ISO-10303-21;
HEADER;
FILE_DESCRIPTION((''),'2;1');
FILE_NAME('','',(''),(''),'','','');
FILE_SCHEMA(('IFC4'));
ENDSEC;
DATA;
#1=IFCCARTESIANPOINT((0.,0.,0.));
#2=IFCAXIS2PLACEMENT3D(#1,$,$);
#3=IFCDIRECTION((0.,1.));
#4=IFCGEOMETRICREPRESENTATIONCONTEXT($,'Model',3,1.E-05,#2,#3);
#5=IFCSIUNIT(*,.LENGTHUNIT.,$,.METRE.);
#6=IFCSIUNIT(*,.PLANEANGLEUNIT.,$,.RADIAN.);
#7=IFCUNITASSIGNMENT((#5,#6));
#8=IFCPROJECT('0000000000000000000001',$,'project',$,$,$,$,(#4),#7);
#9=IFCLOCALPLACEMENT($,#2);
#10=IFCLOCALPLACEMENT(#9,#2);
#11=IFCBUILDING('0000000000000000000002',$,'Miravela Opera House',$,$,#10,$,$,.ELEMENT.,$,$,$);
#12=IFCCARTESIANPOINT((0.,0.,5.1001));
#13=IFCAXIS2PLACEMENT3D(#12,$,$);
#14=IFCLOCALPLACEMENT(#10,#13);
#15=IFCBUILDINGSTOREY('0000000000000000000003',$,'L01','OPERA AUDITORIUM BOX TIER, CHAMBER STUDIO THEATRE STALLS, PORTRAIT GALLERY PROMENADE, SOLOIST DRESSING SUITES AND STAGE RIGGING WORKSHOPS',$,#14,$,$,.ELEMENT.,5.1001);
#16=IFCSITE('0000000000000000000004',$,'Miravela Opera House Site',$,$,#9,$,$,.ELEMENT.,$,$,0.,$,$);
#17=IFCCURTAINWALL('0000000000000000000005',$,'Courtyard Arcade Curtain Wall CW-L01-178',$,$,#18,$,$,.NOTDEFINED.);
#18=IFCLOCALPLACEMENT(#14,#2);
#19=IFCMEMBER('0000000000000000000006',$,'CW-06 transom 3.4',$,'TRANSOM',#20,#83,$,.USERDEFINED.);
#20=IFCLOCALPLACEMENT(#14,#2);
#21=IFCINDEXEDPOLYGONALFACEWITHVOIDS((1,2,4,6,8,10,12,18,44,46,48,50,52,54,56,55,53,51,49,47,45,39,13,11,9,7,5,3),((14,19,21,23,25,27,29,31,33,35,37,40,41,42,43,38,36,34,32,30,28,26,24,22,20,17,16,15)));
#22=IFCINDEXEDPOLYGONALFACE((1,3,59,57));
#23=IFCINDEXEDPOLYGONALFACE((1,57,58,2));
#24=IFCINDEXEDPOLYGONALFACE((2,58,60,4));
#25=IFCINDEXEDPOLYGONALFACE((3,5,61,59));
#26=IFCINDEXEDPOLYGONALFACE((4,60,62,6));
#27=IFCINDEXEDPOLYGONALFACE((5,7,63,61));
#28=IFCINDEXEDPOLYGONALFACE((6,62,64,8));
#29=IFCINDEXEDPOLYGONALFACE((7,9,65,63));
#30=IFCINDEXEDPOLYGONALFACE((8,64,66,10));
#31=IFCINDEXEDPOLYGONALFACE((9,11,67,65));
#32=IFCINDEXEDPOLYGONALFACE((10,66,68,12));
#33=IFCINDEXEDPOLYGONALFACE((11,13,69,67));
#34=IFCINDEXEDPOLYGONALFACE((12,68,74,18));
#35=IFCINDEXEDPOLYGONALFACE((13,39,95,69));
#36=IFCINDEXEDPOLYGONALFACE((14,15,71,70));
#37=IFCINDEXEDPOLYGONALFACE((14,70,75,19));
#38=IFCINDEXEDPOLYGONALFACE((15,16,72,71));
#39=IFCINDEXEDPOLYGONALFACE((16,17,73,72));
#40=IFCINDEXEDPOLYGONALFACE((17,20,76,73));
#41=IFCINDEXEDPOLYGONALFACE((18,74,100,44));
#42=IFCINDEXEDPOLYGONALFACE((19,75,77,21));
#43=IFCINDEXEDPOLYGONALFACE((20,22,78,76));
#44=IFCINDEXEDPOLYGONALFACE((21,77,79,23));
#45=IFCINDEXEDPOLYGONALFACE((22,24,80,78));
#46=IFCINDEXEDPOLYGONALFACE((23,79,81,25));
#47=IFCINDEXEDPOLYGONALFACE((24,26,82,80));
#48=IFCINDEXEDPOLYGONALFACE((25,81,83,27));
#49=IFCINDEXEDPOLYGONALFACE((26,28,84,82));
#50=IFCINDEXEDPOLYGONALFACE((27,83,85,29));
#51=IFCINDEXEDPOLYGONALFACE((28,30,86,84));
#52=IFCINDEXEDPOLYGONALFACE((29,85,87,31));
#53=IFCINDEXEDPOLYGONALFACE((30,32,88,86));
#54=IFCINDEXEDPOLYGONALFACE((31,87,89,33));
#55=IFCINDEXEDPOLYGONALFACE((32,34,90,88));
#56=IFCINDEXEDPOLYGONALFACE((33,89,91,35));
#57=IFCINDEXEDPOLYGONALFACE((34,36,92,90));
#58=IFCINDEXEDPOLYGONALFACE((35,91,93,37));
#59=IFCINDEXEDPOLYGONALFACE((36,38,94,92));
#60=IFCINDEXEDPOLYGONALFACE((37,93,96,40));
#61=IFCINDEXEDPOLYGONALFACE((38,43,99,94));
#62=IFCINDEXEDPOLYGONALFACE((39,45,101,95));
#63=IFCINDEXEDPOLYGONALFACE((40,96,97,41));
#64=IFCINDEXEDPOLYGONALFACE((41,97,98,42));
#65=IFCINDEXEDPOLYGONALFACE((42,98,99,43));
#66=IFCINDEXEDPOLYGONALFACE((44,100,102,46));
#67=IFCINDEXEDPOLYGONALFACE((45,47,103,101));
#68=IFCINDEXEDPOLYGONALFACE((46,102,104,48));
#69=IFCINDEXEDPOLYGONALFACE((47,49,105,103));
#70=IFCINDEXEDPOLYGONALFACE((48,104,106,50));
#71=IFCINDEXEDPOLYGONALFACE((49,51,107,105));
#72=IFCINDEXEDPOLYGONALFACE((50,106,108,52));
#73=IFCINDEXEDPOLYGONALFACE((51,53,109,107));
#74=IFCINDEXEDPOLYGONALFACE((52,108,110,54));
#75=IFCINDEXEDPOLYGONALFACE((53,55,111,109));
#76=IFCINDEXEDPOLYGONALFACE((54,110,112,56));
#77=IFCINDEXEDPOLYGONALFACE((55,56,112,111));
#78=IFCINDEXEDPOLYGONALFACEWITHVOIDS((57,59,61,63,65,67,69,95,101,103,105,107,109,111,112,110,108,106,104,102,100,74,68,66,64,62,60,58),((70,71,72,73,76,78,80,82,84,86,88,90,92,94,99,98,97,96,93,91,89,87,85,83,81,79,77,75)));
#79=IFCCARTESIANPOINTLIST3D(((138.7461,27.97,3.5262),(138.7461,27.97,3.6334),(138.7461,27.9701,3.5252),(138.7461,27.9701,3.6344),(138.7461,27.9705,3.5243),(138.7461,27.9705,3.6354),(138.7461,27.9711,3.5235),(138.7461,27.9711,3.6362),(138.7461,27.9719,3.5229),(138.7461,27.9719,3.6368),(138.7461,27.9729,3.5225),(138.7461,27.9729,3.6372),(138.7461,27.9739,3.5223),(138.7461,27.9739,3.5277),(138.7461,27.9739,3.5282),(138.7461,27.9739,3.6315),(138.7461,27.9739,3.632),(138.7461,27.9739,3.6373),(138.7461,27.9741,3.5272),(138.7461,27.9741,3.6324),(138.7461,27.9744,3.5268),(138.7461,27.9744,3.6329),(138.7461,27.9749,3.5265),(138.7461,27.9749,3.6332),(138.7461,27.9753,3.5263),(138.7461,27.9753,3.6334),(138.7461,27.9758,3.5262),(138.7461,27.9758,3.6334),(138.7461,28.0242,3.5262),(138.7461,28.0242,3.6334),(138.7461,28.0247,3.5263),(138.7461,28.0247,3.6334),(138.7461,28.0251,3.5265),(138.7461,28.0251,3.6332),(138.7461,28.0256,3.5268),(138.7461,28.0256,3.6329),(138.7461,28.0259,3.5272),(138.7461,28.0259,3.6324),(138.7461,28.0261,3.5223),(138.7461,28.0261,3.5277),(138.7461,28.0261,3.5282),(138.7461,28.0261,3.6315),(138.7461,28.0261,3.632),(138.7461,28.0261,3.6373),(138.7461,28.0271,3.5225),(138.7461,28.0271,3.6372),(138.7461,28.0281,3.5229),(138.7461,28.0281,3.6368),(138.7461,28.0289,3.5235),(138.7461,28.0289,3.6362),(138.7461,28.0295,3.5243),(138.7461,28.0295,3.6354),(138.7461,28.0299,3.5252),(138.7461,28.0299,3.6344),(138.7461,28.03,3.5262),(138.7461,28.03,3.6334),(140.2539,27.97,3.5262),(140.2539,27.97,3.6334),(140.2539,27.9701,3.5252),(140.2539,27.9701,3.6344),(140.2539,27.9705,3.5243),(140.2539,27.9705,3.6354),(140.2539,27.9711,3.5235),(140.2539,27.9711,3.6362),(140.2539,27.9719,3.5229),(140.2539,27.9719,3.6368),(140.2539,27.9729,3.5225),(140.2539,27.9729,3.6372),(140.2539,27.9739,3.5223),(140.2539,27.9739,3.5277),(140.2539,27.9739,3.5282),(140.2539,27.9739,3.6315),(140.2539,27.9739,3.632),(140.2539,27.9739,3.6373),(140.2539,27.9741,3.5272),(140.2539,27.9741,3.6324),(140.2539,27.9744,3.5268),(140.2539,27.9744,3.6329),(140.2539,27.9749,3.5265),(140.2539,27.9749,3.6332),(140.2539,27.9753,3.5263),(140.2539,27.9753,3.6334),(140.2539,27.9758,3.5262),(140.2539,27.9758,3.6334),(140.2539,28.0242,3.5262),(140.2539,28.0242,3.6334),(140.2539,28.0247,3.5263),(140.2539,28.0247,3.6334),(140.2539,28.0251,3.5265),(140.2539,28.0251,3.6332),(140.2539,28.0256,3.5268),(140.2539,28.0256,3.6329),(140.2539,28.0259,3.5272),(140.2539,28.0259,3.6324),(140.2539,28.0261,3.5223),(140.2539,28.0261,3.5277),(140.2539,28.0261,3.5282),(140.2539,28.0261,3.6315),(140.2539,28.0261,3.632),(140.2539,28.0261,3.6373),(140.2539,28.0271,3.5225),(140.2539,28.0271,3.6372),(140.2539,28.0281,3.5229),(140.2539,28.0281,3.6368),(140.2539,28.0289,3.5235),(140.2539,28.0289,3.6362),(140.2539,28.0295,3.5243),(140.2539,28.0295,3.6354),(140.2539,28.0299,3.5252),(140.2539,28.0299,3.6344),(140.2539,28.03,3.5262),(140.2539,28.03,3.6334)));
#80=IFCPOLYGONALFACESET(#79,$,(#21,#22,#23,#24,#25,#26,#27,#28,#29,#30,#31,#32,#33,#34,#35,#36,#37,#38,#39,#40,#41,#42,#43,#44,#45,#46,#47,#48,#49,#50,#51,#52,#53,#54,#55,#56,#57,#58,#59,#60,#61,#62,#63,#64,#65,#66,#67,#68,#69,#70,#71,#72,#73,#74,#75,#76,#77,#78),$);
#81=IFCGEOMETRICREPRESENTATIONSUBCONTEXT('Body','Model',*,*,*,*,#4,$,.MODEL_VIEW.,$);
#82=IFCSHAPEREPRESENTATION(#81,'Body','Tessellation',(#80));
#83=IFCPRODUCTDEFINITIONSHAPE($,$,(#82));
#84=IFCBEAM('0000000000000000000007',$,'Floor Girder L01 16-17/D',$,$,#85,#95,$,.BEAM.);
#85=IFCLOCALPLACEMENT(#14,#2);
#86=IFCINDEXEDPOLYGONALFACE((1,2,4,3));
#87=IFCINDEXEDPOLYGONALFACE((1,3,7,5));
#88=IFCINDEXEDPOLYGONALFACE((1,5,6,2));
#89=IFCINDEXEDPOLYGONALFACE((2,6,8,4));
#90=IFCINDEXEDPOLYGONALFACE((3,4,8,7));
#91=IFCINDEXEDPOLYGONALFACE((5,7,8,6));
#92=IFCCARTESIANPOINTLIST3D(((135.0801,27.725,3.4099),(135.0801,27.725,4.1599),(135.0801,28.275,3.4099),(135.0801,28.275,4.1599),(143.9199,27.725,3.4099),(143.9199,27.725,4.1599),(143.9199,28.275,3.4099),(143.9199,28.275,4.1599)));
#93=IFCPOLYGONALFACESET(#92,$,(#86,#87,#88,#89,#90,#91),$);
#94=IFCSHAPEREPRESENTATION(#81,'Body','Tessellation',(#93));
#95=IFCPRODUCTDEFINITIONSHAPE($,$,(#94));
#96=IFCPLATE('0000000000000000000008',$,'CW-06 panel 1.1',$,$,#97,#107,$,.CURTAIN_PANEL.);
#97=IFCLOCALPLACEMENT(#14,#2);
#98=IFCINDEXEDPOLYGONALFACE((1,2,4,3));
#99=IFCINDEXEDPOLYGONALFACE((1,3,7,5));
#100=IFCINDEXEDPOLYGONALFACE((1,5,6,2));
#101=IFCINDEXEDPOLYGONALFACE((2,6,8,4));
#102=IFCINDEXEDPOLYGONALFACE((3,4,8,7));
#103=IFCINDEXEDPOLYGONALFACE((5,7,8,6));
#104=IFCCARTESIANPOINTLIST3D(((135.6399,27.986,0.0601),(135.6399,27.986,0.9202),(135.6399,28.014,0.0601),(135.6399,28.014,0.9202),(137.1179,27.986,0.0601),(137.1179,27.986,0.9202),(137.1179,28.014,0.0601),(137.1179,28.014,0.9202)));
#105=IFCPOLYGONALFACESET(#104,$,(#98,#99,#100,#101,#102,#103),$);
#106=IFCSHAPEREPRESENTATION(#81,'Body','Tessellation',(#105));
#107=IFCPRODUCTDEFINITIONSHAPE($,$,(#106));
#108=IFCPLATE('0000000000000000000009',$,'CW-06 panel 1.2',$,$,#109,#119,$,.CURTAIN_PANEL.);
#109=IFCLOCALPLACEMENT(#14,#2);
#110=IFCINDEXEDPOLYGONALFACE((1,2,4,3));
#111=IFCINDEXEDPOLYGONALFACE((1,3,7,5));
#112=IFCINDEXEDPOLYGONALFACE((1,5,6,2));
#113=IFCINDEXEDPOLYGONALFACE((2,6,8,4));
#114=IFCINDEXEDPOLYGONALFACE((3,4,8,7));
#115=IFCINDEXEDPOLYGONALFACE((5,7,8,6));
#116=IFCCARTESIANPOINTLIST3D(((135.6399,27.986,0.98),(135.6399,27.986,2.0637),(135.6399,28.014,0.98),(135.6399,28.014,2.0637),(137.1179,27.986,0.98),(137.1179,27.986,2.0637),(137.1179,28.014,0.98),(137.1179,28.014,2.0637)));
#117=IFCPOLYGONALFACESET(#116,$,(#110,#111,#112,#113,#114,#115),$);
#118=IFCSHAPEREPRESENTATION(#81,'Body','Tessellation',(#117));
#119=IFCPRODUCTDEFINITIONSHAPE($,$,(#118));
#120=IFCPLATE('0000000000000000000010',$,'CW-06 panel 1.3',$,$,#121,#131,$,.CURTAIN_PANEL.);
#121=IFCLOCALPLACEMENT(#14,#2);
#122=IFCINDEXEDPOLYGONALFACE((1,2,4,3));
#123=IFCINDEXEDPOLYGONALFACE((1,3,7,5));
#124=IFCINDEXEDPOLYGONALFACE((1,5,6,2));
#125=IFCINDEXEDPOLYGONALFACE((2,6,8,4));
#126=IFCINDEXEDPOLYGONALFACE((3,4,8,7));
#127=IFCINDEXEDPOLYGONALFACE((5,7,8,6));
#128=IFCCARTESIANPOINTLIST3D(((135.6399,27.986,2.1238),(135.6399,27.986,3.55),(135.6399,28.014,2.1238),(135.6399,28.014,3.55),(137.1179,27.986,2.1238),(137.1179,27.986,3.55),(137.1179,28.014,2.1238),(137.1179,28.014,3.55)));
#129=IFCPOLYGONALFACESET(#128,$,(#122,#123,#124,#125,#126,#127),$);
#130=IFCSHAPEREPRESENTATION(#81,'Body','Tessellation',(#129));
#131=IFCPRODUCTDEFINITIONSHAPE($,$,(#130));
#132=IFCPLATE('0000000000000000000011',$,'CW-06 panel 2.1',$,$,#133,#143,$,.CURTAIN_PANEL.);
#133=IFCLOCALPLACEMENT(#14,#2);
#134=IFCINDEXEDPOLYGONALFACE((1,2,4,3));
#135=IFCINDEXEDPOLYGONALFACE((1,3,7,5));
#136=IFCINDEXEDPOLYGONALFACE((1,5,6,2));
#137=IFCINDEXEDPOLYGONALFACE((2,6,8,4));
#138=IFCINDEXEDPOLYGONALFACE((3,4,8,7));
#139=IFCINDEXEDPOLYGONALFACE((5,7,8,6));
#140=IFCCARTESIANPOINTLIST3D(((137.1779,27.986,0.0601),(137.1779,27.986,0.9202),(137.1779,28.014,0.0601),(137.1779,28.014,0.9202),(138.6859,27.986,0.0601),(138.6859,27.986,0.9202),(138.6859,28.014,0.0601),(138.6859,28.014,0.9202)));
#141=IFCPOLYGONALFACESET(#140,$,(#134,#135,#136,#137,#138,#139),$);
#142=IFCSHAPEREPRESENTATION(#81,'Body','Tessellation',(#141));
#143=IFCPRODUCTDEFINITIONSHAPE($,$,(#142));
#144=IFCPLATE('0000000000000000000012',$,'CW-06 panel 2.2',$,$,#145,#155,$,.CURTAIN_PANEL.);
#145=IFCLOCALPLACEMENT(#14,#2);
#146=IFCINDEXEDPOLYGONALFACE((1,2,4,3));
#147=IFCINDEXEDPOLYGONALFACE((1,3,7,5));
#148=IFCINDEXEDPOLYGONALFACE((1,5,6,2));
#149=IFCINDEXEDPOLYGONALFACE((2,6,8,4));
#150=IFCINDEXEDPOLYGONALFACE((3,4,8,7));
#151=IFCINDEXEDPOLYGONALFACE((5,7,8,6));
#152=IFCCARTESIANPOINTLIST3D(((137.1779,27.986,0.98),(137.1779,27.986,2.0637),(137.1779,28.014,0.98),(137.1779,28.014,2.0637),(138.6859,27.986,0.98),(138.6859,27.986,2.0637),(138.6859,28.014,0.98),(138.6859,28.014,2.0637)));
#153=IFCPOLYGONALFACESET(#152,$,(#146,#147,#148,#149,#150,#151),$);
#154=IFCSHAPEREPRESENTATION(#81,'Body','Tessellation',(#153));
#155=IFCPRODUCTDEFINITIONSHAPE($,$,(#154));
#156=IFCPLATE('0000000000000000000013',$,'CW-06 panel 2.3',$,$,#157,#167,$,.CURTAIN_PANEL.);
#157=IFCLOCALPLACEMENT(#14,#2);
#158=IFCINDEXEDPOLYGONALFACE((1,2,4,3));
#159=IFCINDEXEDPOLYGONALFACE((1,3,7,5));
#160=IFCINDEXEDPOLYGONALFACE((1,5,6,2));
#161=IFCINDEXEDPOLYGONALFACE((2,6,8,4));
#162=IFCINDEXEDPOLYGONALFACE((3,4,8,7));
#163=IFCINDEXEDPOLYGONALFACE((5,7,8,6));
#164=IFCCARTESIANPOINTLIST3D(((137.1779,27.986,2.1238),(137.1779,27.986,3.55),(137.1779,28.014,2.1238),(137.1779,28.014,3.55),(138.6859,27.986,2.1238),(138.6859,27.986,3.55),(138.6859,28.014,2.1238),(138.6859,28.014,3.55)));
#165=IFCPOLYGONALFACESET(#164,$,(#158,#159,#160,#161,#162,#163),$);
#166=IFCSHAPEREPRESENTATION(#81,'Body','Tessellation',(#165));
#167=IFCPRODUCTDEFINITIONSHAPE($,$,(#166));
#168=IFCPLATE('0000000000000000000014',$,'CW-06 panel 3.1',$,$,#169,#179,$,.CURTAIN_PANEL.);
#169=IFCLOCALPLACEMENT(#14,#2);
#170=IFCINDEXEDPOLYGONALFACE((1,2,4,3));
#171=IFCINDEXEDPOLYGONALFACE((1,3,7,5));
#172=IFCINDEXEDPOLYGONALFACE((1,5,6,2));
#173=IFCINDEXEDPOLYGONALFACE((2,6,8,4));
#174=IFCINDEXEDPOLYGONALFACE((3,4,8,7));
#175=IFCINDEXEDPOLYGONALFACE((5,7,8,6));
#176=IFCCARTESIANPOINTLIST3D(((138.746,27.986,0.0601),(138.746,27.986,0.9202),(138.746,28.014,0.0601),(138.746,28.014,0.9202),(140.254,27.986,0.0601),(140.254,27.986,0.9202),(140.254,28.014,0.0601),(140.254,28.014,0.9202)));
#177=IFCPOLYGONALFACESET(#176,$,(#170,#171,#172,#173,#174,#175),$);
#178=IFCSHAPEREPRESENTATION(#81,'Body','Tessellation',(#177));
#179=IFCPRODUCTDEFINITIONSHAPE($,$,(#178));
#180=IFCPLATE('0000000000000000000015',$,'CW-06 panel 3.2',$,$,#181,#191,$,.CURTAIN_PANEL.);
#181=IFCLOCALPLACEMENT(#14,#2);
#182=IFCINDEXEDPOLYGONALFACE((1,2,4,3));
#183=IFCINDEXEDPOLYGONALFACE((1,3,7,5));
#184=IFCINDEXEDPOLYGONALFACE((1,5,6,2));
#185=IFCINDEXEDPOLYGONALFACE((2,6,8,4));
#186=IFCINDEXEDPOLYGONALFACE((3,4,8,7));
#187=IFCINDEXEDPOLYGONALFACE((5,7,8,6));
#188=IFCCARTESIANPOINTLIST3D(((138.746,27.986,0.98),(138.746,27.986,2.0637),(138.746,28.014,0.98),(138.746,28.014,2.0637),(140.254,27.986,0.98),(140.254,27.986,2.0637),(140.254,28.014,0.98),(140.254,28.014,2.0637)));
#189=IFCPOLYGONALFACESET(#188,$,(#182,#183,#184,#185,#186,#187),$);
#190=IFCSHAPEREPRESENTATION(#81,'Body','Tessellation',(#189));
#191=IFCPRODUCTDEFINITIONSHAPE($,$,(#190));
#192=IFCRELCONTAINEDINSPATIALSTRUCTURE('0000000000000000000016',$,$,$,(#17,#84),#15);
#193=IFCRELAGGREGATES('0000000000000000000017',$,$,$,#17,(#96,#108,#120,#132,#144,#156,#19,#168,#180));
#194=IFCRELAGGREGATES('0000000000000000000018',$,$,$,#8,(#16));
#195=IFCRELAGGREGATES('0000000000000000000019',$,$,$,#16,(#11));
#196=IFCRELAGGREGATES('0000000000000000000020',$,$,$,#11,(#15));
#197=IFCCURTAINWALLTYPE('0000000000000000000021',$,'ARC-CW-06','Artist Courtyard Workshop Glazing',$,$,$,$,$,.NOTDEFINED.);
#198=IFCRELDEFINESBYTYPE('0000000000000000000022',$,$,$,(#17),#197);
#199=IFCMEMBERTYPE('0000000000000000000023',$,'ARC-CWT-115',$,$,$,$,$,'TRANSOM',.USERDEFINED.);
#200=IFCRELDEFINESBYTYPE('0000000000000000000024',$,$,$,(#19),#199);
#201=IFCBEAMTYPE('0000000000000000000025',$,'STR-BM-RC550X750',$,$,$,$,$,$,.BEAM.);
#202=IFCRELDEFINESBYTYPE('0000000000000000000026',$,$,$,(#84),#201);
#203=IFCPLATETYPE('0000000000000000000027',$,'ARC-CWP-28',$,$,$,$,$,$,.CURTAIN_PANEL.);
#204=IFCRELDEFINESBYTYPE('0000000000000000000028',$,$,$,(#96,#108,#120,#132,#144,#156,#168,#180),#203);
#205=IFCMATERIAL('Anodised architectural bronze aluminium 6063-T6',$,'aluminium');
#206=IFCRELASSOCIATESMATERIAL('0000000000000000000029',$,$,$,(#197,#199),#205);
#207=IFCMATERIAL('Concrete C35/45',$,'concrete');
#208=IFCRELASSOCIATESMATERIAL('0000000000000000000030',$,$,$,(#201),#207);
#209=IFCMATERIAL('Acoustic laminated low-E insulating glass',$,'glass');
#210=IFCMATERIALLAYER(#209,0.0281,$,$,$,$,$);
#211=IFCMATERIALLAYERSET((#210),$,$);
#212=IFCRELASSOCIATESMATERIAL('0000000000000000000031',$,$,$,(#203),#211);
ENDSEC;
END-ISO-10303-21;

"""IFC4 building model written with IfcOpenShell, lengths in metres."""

from ifc_helpers import new_model, si_unit, direction, frame, origin, origin_2d, place, context, subcontext, project, spatial, rectangle, hollow_rectangle, extrude, material, layer, layer_set, material_profile, profile_set, type_object, element, aggregate, save


model = new_model("IFC4")

# Units and contexts
model_context = context("Model", 3, precision=1e-05, world=origin(), true_north=direction((0.0, 1.0)))
body_context = subcontext(model_context, "Body", "Model", "MODEL_VIEW")
ifc_project = project(units=[si_unit("LENGTHUNIT", "METRE"), si_unit("PLANEANGLEUNIT", "RADIAN")], contexts=[model_context])

# Site, building, storey
site_placement = place(None, origin())
site = spatial("IfcSite", under=ifc_project, at=site_placement, Name="Miravela Opera House Site", CompositionType="ELEMENT", RefElevation=0.0)
building_placement = place(site_placement, origin())
building = spatial("IfcBuilding", under=site, at=building_placement, Name="Miravela Opera House", CompositionType="ELEMENT")
storey_placement = place(building_placement, frame((0.0, 0.0, 5.1001)))
storey = spatial("IfcBuildingStorey", under=building, at=storey_placement, Name="L01", Description="OPERA AUDITORIUM BOX TIER, CHAMBER STUDIO THEATRE STALLS, PORTRAIT GALLERY PROMENADE, SOLOIST DRESSING SUITES AND STAGE RIGGING WORKSHOPS", CompositionType="ELEMENT", Elevation=5.1001)

# Curtain wall, member
ifc_material_1 = material(Name="Anodised architectural bronze aluminium 6063-T6", Category="aluminium")
curtain_wall_type = type_object("IfcCurtainWallType", Name="ARC-CW-06", Description="Artist Courtyard Workshop Glazing", PredefinedType="NOTDEFINED", material=ifc_material_1)
curtain_wall_placement = place(storey_placement, origin())
curtain_wall = element("IfcCurtainWall", 1, at=curtain_wall_placement, inside=storey, type_object=curtain_wall_type, Name="Courtyard Arcade Curtain Wall CW-L01-178", PredefinedType="NOTDEFINED")
ifc_material_profile_1 = material_profile(ifc_material_1, hollow_rectangle(XDim=0.0601, YDim=0.115, WallThickness=0.0039, InnerFilletRadius=0.002, OuterFilletRadius=0.0039, at=origin_2d()), Name="CWT-60X115")
ifc_profile_set_1 = profile_set([ifc_material_profile_1])
member_type_1 = type_object("IfcMemberType", Name="ARC-CWT-115", ElementType="TRANSOM", PredefinedType="USERDEFINED", material=ifc_profile_set_1)
member_1_placement = place(storey_placement, frame((138.7461, 28.0, 3.5798), z_axis=(1.0, 0.0, 0.0), x_axis=(0.0, 1.0, 0.0)))
member_1 = element("IfcMember", 2, at=member_1_placement, type_object=member_type_1, Name="CW-06 transom 3.4", ObjectType="TRANSOM", PredefinedType="USERDEFINED", context=body_context, shape_type="SweptSolid", body=[
    extrude(hollow_rectangle(XDim=0.0601, YDim=0.115, WallThickness=0.0039, InnerFilletRadius=0.002, OuterFilletRadius=0.0039, at=origin_2d()), origin(), (0.0, 0.0, 1.0), 1.5078),
])

# Beam
ifc_material_2 = material(Name="Concrete C35/45", Category="concrete")
ifc_material_profile_2 = material_profile(ifc_material_2, rectangle(XDim=0.55, YDim=0.75, at=origin_2d()), Name="RC-BM-550X750")
ifc_profile_set_2 = profile_set([ifc_material_profile_2])
beam_type = type_object("IfcBeamType", Name="STR-BM-RC550X750", PredefinedType="BEAM", material=ifc_profile_set_2)
beam_placement = place(storey_placement, frame((135.0801, 28.0, 3.7849), z_axis=(1.0, 0.0, 0.0), x_axis=(0.0, 1.0, 0.0)))
element("IfcBeam", 3, at=beam_placement, inside=storey, type_object=beam_type, Name="Floor Girder L01 16-17/D", PredefinedType="BEAM", context=body_context, shape_type="SweptSolid", body=[
    extrude(rectangle(XDim=0.55, YDim=0.75, at=origin_2d()), origin(), (0.0, 0.0, 1.0), 8.8398),
])

# Plates
ifc_material_3 = material(Name="Acoustic laminated low-E insulating glass", Category="glass")
ifc_layer = layer(ifc_material_3, 0.0281)
ifc_layer_set = layer_set([ifc_layer])
plate_type = type_object("IfcPlateType", Name="ARC-CWP-28", PredefinedType="CURTAIN_PANEL", material=ifc_layer_set)
plate_1_placement = place(storey_placement, frame((136.3789, 28.0, 0.0601), z_axis=(0.0, 0.0, 1.0), x_axis=(1.0, 0.0, 0.0)))
plate_1 = element("IfcPlate", 4, at=plate_1_placement, type_object=plate_type, Name="CW-06 panel 1.1", PredefinedType="CURTAIN_PANEL", context=body_context, shape_type="SweptSolid", body=[
    extrude(rectangle(XDim=1.478, YDim=0.0281, at=origin_2d()), origin(), (0.0, 0.0, 1.0), 0.8601),
])
plate_2_placement = place(storey_placement, frame((136.3789, 28.0, 0.98), z_axis=(0.0, 0.0, 1.0), x_axis=(1.0, 0.0, 0.0)))
plate_2 = element("IfcPlate", 5, at=plate_2_placement, type_object=plate_type, Name="CW-06 panel 1.2", PredefinedType="CURTAIN_PANEL", context=body_context, shape_type="SweptSolid", body=[
    extrude(rectangle(XDim=1.478, YDim=0.0281, at=origin_2d()), origin(), (0.0, 0.0, 1.0), 1.0837),
])
plate_3_placement = place(storey_placement, frame((136.3789, 28.0, 2.1238), z_axis=(0.0, 0.0, 1.0), x_axis=(1.0, 0.0, 0.0)))
plate_3 = element("IfcPlate", 6, at=plate_3_placement, type_object=plate_type, Name="CW-06 panel 1.3", PredefinedType="CURTAIN_PANEL", context=body_context, shape_type="SweptSolid", body=[
    extrude(rectangle(XDim=1.478, YDim=0.0281, at=origin_2d()), origin(), (0.0, 0.0, 1.0), 1.4263),
])
plate_4_placement = place(storey_placement, frame((137.9319, 28.0, 0.0601), z_axis=(0.0, 0.0, 1.0), x_axis=(1.0, 0.0, 0.0)))
plate_4 = element("IfcPlate", 7, at=plate_4_placement, type_object=plate_type, Name="CW-06 panel 2.1", PredefinedType="CURTAIN_PANEL", context=body_context, shape_type="SweptSolid", body=[
    extrude(rectangle(XDim=1.5081, YDim=0.0281, at=origin_2d()), origin(), (0.0, 0.0, 1.0), 0.8601),
])
plate_5_placement = place(storey_placement, frame((137.9319, 28.0, 0.98), z_axis=(0.0, 0.0, 1.0), x_axis=(1.0, 0.0, 0.0)))
plate_5 = element("IfcPlate", 8, at=plate_5_placement, type_object=plate_type, Name="CW-06 panel 2.2", PredefinedType="CURTAIN_PANEL", context=body_context, shape_type="SweptSolid", body=[
    extrude(rectangle(XDim=1.5081, YDim=0.0281, at=origin_2d()), origin(), (0.0, 0.0, 1.0), 1.0837),
])
plate_6_placement = place(storey_placement, frame((137.9319, 28.0, 2.1238), z_axis=(0.0, 0.0, 1.0), x_axis=(1.0, 0.0, 0.0)))
plate_6 = element("IfcPlate", 9, at=plate_6_placement, type_object=plate_type, Name="CW-06 panel 2.3", PredefinedType="CURTAIN_PANEL", context=body_context, shape_type="SweptSolid", body=[
    extrude(rectangle(XDim=1.5081, YDim=0.0281, at=origin_2d()), origin(), (0.0, 0.0, 1.0), 1.4263),
])
plate_7_placement = place(storey_placement, frame((139.5, 28.0, 0.0601), z_axis=(0.0, 0.0, 1.0), x_axis=(1.0, 0.0, 0.0)))
plate_7 = element("IfcPlate", 10, at=plate_7_placement, type_object=plate_type, Name="CW-06 panel 3.1", PredefinedType="CURTAIN_PANEL", context=body_context, shape_type="SweptSolid", body=[
    extrude(rectangle(XDim=1.5081, YDim=0.0281, at=origin_2d()), origin(), (0.0, 0.0, 1.0), 0.8601),
])
plate_8_placement = place(storey_placement, frame((139.5, 28.0, 0.98), z_axis=(0.0, 0.0, 1.0), x_axis=(1.0, 0.0, 0.0)))
plate_8 = element("IfcPlate", 11, at=plate_8_placement, type_object=plate_type, Name="CW-06 panel 3.2", PredefinedType="CURTAIN_PANEL", context=body_context, shape_type="SweptSolid", body=[
    extrude(rectangle(XDim=1.5081, YDim=0.0281, at=origin_2d()), origin(), (0.0, 0.0, 1.0), 1.0837),
])
aggregate(curtain_wall, [plate_1, plate_2, plate_3, plate_4, plate_5, plate_6, member_1, plate_7, plate_8])

save(model, "model.ifc")
